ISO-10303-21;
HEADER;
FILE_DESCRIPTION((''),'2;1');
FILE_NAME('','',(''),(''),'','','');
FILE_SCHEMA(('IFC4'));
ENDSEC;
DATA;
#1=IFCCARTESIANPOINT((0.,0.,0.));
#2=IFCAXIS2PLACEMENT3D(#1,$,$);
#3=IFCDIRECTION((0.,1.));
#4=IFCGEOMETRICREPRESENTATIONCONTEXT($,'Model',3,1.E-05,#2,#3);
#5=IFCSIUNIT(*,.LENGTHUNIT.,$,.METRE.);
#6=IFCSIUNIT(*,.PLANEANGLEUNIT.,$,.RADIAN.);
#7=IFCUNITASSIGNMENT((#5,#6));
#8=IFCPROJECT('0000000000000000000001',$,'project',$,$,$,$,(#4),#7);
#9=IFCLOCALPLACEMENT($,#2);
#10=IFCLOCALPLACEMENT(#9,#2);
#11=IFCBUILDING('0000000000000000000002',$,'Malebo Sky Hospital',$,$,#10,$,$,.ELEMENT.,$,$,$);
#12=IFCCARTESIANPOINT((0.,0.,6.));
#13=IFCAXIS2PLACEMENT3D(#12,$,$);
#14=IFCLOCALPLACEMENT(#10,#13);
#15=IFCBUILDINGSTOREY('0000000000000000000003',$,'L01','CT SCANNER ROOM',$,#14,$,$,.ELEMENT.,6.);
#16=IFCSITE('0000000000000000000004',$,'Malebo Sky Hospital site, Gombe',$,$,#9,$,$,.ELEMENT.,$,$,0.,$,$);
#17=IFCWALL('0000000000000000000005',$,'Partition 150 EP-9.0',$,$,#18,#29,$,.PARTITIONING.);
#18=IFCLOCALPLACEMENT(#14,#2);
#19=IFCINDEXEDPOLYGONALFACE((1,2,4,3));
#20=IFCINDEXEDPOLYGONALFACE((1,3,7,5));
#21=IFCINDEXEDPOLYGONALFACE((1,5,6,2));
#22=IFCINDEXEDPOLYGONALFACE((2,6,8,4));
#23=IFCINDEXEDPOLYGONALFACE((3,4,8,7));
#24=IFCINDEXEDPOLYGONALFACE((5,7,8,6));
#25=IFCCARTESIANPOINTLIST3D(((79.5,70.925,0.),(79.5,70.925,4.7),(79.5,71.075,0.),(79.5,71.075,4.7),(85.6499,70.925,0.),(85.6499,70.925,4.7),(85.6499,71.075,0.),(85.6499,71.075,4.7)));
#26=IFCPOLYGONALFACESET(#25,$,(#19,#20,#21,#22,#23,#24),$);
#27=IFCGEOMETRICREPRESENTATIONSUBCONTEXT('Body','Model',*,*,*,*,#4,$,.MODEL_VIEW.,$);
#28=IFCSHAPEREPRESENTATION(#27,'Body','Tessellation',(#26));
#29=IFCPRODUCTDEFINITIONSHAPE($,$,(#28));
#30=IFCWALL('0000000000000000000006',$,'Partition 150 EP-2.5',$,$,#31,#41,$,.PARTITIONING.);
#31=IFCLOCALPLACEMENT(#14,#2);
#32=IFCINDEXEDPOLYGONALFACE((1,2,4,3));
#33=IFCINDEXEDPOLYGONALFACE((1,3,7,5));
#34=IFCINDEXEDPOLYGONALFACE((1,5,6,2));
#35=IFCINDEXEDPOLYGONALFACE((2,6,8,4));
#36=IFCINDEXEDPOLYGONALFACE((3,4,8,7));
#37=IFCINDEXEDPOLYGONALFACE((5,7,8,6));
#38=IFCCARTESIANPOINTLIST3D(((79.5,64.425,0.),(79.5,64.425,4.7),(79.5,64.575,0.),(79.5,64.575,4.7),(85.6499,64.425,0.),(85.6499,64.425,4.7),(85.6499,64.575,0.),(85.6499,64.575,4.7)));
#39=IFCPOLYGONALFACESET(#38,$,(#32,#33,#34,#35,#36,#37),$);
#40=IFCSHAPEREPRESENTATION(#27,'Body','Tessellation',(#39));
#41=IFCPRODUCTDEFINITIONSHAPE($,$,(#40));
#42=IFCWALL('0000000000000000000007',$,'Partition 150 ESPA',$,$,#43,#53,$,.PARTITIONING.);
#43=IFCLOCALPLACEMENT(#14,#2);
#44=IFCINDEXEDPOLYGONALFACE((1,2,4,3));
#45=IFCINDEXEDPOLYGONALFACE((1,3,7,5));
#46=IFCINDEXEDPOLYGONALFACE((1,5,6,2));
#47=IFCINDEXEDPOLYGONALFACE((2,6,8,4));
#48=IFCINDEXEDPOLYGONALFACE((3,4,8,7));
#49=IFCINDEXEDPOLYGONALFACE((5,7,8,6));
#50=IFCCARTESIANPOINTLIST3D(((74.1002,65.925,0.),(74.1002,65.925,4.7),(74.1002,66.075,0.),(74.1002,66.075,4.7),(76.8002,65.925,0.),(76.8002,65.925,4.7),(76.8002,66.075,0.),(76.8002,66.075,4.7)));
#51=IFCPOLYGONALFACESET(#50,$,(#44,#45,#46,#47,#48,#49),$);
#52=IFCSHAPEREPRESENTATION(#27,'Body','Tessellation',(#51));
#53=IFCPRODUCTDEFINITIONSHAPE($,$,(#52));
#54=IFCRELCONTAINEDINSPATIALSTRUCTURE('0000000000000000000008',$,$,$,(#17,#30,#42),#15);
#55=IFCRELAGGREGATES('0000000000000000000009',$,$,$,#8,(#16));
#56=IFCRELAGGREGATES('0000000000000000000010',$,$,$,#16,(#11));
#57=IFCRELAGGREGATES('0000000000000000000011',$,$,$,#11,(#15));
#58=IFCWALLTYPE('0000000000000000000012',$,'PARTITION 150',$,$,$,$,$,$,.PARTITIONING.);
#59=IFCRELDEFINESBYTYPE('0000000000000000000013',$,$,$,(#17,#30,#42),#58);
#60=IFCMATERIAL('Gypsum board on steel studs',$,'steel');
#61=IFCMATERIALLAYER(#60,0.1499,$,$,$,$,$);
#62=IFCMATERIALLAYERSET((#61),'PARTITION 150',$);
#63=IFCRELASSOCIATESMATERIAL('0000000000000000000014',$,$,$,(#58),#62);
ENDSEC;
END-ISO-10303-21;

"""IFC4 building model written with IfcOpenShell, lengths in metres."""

from ifc_helpers import new_model, si_unit, direction, frame, frame_2d, origin, place, context, subcontext, project, spatial, rectangle, extrude, material, layer, layer_set, type_object, element, save


model = new_model("IFC4")

# Units and contexts
model_context = context("Model", 3, precision=1e-05, world=origin(), true_north=direction((0.0, 1.0)))
body_context = subcontext(model_context, "Body", "Model", "MODEL_VIEW")
ifc_project = project(units=[si_unit("LENGTHUNIT", "METRE"), si_unit("PLANEANGLEUNIT", "RADIAN")], contexts=[model_context])

# Site, building, storey
site_placement = place(None, origin())
site = spatial("IfcSite", under=ifc_project, at=site_placement, Name="Malebo Sky Hospital site, Gombe", CompositionType="ELEMENT", RefElevation=0.0)
building_placement = place(site_placement, origin())
building = spatial("IfcBuilding", under=site, at=building_placement, Name="Malebo Sky Hospital", CompositionType="ELEMENT")
storey_placement = place(building_placement, frame((0.0, 0.0, 6.0)))
storey = spatial("IfcBuildingStorey", under=building, at=storey_placement, Name="L01", Description="CT SCANNER ROOM", CompositionType="ELEMENT", Elevation=6.0)

# Shared definitions
ifc_material_1 = material(Name="Gypsum board on steel studs", Category="steel")

# Walls
ifc_layer_1 = layer(ifc_material_1, 0.1499)
ifc_layer_set_1 = layer_set([ifc_layer_1], Name="PARTITION 150")
wall_type_1 = type_object("IfcWallType", Name="PARTITION 150", PredefinedType="PARTITIONING", material=ifc_layer_set_1)
for number, where, z_axis, x_axis, name in (
    (1, (79.5, 71.0, 0.0), (0.0, 0.0, 1.0), (1.0, 0.0, 0.0), "Partition 150 EP-9.0"),
    (2, (79.5, 64.5, 0.0), (0.0, 0.0, 1.0), (1.0, 0.0, 0.0), "Partition 150 EP-2.5"),
):
    element("IfcWall", number, at=place(storey_placement, frame(where, z_axis=z_axis, x_axis=x_axis)), inside=storey, type_object=wall_type_1, Name=name, PredefinedType="PARTITIONING", context=body_context, shape_type="SweptSolid", body=[
        extrude(rectangle(XDim=6.1499, YDim=0.1499, at=frame_2d((3.075, 0.0))), origin(), (0.0, 0.0, 1.0), 4.7),
    ])
wall_1_placement = place(storey_placement, frame((74.1001, 66.0, 0.0), z_axis=(0.0, 0.0, 1.0), x_axis=(1.0, 0.0, 0.0)))
element("IfcWall", 3, at=wall_1_placement, inside=storey, type_object=wall_type_1, Name="Partition 150 ESPA", PredefinedType="PARTITIONING", context=body_context, shape_type="SweptSolid", body=[
    extrude(rectangle(XDim=2.7, YDim=0.1499, at=frame_2d((1.3501, 0.0))), origin(), (0.0, 0.0, 1.0), 4.7),
])

save(model, "model.ifc")
